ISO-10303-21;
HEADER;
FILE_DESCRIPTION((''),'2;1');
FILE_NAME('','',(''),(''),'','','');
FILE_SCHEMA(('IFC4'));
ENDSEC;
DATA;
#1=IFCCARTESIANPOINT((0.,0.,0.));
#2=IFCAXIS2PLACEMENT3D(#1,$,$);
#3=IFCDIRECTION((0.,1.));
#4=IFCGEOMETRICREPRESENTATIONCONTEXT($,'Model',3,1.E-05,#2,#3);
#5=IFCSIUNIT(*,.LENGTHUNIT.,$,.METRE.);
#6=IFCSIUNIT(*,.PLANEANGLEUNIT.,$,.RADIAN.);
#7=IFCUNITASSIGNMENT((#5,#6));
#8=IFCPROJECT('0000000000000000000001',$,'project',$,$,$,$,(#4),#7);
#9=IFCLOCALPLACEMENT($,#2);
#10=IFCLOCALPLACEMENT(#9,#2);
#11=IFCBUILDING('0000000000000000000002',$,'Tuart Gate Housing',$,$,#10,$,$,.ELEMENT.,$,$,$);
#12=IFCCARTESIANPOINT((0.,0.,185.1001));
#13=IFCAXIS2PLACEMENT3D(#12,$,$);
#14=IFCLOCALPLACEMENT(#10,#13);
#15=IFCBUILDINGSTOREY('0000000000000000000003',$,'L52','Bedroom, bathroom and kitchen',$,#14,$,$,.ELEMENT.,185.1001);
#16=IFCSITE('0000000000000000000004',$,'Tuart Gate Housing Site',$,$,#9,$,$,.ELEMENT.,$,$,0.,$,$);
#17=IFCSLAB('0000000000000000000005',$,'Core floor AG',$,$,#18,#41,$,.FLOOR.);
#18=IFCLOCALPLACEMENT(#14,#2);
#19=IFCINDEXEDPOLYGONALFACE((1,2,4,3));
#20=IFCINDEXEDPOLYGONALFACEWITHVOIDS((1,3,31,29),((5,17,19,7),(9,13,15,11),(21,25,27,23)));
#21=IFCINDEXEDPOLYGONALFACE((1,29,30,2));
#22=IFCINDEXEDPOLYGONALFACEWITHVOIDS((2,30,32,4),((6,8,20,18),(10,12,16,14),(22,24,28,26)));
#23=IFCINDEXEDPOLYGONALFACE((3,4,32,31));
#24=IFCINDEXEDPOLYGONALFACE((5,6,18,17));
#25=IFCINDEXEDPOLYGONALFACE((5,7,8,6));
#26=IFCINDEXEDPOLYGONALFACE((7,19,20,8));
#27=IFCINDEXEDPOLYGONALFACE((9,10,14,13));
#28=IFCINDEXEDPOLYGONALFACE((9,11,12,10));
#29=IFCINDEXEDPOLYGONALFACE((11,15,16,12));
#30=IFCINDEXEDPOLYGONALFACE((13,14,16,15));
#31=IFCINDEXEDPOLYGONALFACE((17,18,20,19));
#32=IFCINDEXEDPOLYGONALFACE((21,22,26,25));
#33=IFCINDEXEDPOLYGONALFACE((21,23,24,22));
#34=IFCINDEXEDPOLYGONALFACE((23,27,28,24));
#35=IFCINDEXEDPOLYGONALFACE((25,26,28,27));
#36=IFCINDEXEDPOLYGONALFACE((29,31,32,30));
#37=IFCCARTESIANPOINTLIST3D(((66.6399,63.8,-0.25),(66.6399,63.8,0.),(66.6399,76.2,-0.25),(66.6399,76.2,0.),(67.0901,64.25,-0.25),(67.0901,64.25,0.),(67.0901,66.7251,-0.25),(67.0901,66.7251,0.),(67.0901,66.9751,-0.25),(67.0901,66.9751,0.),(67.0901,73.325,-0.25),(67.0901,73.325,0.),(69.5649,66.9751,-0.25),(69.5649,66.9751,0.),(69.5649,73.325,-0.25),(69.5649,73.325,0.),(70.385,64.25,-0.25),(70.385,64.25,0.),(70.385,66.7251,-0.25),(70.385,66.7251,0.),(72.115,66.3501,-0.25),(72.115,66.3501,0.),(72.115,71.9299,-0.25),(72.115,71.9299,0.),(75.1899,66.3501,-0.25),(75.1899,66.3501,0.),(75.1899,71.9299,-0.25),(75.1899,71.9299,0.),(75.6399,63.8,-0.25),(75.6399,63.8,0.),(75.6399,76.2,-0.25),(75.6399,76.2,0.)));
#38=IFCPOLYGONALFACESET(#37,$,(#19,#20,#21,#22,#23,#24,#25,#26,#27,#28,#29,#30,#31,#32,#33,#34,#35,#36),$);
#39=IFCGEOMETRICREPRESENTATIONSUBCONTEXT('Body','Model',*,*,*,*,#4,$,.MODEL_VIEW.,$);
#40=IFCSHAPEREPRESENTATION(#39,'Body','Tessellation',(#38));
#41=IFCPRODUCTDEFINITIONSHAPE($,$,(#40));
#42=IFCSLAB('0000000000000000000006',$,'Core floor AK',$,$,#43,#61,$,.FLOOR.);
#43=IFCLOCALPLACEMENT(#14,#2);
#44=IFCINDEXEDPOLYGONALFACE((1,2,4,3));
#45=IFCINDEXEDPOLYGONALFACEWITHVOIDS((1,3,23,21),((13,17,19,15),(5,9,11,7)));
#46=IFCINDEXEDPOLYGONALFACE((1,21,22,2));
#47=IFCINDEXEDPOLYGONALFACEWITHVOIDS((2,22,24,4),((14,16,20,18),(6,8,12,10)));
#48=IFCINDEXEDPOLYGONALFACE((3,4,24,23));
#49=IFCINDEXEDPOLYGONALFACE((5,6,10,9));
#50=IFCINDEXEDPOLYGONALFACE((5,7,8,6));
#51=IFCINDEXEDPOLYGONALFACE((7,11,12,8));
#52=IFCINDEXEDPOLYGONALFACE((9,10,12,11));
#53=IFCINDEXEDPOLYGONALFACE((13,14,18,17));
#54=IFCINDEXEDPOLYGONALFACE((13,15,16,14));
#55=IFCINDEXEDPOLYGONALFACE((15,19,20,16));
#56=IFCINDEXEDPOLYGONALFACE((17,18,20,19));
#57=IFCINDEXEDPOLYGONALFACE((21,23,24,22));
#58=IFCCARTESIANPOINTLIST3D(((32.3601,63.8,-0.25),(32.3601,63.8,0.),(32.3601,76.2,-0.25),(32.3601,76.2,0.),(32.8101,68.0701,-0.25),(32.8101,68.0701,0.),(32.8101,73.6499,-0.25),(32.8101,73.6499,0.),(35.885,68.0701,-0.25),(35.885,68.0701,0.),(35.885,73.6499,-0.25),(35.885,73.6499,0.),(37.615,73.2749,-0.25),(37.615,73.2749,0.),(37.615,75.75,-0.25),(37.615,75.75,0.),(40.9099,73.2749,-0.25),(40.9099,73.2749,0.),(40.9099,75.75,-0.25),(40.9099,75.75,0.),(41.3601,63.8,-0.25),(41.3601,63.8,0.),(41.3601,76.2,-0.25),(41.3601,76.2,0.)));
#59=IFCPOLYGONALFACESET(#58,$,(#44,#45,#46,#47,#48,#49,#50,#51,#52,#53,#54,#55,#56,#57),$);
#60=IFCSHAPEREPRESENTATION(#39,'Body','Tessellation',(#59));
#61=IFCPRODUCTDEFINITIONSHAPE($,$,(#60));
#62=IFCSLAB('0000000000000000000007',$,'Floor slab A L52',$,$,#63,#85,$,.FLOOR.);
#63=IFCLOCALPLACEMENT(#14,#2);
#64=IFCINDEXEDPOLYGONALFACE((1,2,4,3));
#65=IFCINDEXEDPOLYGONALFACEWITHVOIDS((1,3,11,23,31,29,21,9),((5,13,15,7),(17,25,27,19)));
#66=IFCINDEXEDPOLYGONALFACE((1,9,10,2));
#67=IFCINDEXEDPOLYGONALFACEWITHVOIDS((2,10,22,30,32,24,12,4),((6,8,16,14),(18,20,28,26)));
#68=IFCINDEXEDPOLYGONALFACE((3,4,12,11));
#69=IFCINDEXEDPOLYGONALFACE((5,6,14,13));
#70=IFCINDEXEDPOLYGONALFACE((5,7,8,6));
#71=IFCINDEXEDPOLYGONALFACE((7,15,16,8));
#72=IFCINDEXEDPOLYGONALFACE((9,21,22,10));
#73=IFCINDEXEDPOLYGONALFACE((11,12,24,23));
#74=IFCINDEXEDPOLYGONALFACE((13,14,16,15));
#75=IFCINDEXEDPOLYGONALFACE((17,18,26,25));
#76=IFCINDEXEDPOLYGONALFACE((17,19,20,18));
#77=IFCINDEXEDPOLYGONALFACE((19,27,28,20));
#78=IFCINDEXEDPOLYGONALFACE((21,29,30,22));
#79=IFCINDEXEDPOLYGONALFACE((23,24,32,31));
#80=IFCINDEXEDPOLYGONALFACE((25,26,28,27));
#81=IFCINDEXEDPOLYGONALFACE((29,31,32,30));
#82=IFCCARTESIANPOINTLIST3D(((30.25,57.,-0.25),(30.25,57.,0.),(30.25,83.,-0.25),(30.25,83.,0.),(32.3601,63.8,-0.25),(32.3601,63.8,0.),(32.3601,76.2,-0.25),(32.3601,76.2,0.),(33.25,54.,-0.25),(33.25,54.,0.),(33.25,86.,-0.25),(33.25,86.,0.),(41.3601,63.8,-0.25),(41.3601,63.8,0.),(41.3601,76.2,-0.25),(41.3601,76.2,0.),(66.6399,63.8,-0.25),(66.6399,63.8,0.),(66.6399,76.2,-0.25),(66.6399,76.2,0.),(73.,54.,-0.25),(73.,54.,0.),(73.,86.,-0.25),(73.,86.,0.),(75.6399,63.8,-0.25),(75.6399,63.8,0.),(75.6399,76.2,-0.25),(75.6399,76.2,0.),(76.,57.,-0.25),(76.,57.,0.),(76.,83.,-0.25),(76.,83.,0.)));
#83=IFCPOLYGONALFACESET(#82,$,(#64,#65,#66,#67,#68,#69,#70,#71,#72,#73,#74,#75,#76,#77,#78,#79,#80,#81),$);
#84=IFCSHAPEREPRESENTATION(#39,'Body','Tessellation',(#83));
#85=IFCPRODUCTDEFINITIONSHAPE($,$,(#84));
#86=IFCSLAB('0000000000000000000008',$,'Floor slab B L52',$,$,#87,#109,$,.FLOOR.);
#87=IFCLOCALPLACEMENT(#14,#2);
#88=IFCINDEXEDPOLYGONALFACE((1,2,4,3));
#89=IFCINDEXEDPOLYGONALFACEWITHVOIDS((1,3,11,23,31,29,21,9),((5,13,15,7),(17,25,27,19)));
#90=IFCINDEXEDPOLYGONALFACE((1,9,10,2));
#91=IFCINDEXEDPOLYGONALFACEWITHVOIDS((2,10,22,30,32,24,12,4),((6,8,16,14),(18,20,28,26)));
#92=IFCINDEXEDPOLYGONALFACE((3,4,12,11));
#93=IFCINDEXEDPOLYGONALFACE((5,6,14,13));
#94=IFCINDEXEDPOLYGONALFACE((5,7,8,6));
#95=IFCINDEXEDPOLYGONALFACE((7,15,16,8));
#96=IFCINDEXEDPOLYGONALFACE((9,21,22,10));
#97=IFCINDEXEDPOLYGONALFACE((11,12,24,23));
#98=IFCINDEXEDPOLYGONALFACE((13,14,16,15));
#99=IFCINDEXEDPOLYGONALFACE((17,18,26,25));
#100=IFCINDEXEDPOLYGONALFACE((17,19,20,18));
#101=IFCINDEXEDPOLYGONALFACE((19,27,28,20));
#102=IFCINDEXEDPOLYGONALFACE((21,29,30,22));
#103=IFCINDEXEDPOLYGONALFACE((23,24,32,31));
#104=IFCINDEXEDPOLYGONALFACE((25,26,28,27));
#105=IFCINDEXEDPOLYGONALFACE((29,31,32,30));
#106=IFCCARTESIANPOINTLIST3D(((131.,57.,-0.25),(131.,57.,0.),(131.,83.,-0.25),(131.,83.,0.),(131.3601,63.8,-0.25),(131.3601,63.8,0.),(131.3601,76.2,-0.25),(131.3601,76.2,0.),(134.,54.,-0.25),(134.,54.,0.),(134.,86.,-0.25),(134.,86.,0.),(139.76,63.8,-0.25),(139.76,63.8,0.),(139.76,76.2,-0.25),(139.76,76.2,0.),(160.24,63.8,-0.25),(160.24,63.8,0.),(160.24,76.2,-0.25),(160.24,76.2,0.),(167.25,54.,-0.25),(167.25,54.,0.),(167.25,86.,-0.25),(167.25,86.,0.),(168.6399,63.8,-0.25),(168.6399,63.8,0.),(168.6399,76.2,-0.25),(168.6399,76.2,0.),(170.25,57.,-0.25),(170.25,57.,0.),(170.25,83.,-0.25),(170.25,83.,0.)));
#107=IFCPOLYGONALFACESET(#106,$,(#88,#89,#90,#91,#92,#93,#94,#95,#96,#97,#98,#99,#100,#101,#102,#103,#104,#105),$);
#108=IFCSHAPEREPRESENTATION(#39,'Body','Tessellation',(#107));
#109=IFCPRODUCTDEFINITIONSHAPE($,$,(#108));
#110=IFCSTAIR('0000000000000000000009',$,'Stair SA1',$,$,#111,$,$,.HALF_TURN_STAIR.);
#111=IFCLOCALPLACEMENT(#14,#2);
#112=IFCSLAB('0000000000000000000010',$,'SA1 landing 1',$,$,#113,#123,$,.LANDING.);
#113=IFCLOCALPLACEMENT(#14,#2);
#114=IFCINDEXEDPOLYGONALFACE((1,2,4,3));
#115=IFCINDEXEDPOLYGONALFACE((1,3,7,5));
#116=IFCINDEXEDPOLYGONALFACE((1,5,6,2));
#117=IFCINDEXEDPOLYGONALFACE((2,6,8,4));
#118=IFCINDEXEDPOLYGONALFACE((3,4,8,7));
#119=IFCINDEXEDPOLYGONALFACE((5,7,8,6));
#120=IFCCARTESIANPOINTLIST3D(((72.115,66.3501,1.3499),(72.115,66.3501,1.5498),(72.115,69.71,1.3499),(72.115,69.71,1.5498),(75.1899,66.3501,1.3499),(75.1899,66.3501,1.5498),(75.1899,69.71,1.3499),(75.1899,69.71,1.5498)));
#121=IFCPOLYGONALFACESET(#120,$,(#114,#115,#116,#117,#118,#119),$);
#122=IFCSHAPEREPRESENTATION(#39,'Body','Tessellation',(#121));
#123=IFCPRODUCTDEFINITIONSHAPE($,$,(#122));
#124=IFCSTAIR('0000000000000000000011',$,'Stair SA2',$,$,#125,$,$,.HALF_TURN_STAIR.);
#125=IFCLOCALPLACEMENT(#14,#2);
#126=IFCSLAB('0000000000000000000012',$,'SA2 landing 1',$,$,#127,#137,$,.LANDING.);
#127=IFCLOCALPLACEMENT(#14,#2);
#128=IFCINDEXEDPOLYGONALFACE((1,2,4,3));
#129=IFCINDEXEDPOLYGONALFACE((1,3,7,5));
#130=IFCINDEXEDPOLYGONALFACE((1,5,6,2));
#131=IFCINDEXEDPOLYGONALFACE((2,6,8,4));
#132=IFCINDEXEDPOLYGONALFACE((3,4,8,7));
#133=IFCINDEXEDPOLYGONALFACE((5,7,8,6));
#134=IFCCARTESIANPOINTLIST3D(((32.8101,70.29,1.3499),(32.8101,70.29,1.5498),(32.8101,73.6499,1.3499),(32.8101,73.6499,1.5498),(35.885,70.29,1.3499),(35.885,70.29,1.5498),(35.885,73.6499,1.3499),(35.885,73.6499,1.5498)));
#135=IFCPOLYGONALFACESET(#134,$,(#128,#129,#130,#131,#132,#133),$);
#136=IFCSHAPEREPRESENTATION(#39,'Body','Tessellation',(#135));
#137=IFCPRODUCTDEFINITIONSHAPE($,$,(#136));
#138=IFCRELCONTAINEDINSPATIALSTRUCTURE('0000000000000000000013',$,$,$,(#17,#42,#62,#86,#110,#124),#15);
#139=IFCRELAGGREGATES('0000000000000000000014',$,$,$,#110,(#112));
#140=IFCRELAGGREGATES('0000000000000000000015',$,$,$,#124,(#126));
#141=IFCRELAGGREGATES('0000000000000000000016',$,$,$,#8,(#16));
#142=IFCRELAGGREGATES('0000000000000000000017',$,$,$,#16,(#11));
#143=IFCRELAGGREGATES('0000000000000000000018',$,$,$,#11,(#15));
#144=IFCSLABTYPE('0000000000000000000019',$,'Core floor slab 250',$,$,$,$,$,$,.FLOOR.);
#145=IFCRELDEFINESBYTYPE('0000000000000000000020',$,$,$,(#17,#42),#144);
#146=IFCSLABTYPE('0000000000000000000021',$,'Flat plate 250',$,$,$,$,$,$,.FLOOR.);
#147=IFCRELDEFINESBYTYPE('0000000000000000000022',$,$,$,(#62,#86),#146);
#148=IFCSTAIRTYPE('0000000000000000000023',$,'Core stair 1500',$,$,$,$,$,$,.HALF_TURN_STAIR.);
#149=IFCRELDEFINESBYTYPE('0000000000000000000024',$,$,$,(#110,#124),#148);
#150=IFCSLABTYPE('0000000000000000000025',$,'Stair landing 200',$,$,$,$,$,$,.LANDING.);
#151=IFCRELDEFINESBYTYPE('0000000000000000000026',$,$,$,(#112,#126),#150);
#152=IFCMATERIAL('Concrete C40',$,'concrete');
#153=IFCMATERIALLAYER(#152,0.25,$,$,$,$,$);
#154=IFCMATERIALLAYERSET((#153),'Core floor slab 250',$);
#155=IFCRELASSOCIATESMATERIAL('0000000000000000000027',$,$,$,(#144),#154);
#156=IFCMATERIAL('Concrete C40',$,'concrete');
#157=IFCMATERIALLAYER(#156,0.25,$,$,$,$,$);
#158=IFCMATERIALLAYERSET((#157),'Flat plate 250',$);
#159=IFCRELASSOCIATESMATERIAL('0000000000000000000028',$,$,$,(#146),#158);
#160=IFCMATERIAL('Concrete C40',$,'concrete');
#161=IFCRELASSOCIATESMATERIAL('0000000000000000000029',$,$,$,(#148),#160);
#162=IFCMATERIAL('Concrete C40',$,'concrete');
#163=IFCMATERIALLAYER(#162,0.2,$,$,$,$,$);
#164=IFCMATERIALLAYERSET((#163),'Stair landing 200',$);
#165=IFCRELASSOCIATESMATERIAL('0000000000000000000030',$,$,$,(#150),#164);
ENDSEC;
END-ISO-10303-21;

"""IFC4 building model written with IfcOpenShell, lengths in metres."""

from ifc_helpers import new_model, si_unit, direction, frame, origin, place, context, subcontext, project, spatial, polyline, outline, extrude, material, layer, layer_set, type_object, element, aggregate, save


model = new_model("IFC4")

# Units and contexts
model_context = context("Model", 3, precision=1e-05, world=origin(), true_north=direction((0.0, 1.0)))
body_context = subcontext(model_context, "Body", "Model", "MODEL_VIEW")
ifc_project = project(units=[si_unit("LENGTHUNIT", "METRE"), si_unit("PLANEANGLEUNIT", "RADIAN")], contexts=[model_context])

# Site, building, storey
site_placement = place(None, origin())
site = spatial("IfcSite", under=ifc_project, at=site_placement, Name="Tuart Gate Housing Site", CompositionType="ELEMENT", RefElevation=0.0)
building_placement = place(site_placement, origin())
building = spatial("IfcBuilding", under=site, at=building_placement, Name="Tuart Gate Housing", CompositionType="ELEMENT")
storey_placement = place(building_placement, frame((0.0, 0.0, 185.1001)))
storey = spatial("IfcBuildingStorey", under=building, at=storey_placement, Name="L52", Description="Bedroom, bathroom and kitchen", CompositionType="ELEMENT", Elevation=185.1001)

# Slabs
ifc_material_1 = material(Name="Concrete C40", Category="concrete")
ifc_layer_1 = layer(ifc_material_1, 0.25)
ifc_layer_set_1 = layer_set([ifc_layer_1], Name="Core floor slab 250")
slab_type_1 = type_object("IfcSlabType", Name="Core floor slab 250", PredefinedType="FLOOR", material=ifc_layer_set_1)
slab_1_placement = place(storey_placement, frame((0.0, 0.0, -0.25)))
element("IfcSlab", 1, at=slab_1_placement, inside=storey, type_object=slab_type_1, Name="Core floor AG", PredefinedType="FLOOR", context=body_context, shape_type="SweptSolid", body=[
    extrude(outline(polyline([(66.6399, 63.8), (75.6399, 63.8), (75.6399, 76.2), (66.6399, 76.2), (66.6399, 63.8)]), holes=[polyline([(67.0901, 64.25), (70.385, 64.25), (70.385, 66.7251), (67.0901, 66.7251), (67.0901, 64.25)]), polyline([(67.0901, 66.9751), (69.5649, 66.9751), (69.5649, 73.325), (67.0901, 73.325), (67.0901, 66.9751)]), polyline([(72.115, 66.3501), (75.1899, 66.3501), (75.1899, 71.9299), (72.115, 71.9299), (72.115, 66.3501)])]), origin(), (0.0, 0.0, 1.0), 0.25),
])
slab_2_placement = place(storey_placement, frame((0.0, 0.0, -0.25)))
element("IfcSlab", 2, at=slab_2_placement, inside=storey, type_object=slab_type_1, Name="Core floor AK", PredefinedType="FLOOR", context=body_context, shape_type="SweptSolid", body=[
    extrude(outline(polyline([(32.3601, 63.8), (41.3601, 63.8), (41.3601, 76.2), (32.3601, 76.2), (32.3601, 63.8)]), holes=[polyline([(40.9099, 75.75), (37.615, 75.75), (37.615, 73.2749), (40.9099, 73.2749), (40.9099, 75.75)]), polyline([(35.885, 73.6499), (32.8101, 73.6499), (32.8101, 68.0701), (35.885, 68.0701), (35.885, 73.6499)])]), origin(), (0.0, 0.0, 1.0), 0.25),
])
ifc_material_2 = material(Name="Concrete C40", Category="concrete")
ifc_layer_2 = layer(ifc_material_2, 0.25)
ifc_layer_set_2 = layer_set([ifc_layer_2], Name="Flat plate 250")
slab_type_2 = type_object("IfcSlabType", Name="Flat plate 250", PredefinedType="FLOOR", material=ifc_layer_set_2)
slab_3_placement = place(storey_placement, frame((0.0, 0.0, -0.25)))
element("IfcSlab", 3, at=slab_3_placement, inside=storey, type_object=slab_type_2, Name="Floor slab A L52", PredefinedType="FLOOR", context=body_context, shape_type="SweptSolid", body=[
    extrude(outline(polyline([(33.25, 86.0), (30.25, 83.0), (30.25, 57.0), (33.25, 54.0), (73.0, 54.0), (76.0, 57.0), (76.0, 83.0), (73.0, 86.0), (33.25, 86.0)]), holes=[polyline([(66.6399, 76.2), (75.6399, 76.2), (75.6399, 63.8), (66.6399, 63.8), (66.6399, 76.2)]), polyline([(41.3601, 76.2), (41.3601, 63.8), (32.3601, 63.8), (32.3601, 76.2), (41.3601, 76.2)])]), origin(), (0.0, 0.0, 1.0), 0.25),
])
slab_4_placement = place(storey_placement, frame((0.0, 0.0, -0.25)))
element("IfcSlab", 4, at=slab_4_placement, inside=storey, type_object=slab_type_2, Name="Floor slab B L52", PredefinedType="FLOOR", context=body_context, shape_type="SweptSolid", body=[
    extrude(outline(polyline([(134.0, 86.0), (131.0, 83.0), (131.0, 57.0), (134.0, 54.0), (167.25, 54.0), (170.25, 57.0), (170.25, 83.0), (167.25, 86.0), (134.0, 86.0)]), holes=[polyline([(131.3601, 76.2), (139.76, 76.2), (139.76, 63.8), (131.3601, 63.8), (131.3601, 76.2)]), polyline([(168.6399, 76.2), (168.6399, 63.8), (160.24, 63.8), (160.24, 76.2), (168.6399, 76.2)])]), origin(), (0.0, 0.0, 1.0), 0.25),
])

# Stairs, slabs
ifc_material_3 = material(Name="Concrete C40", Category="concrete")
stair_type = type_object("IfcStairType", Name="Core stair 1500", PredefinedType="HALF_TURN_STAIR", material=ifc_material_3)
stair_1_placement = place(storey_placement, origin())
stair_1 = element("IfcStair", 5, at=stair_1_placement, inside=storey, type_object=stair_type, Name="Stair SA1", PredefinedType="HALF_TURN_STAIR")
ifc_material_4 = material(Name="Concrete C40", Category="concrete")
ifc_layer_3 = layer(ifc_material_4, 0.2)
ifc_layer_set_3 = layer_set([ifc_layer_3], Name="Stair landing 200")
slab_type_3 = type_object("IfcSlabType", Name="Stair landing 200", PredefinedType="LANDING", material=ifc_layer_set_3)
slab_5_placement = place(storey_placement, frame((0.0, 0.0, 1.3499)))
slab_5 = element("IfcSlab", 6, at=slab_5_placement, type_object=slab_type_3, Name="SA1 landing 1", PredefinedType="LANDING", context=body_context, shape_type="SweptSolid", body=[
    extrude(outline(polyline([(72.115, 66.3501), (75.1899, 66.3501), (75.1899, 69.71), (72.115, 69.71), (72.115, 66.3501)])), origin(), (0.0, 0.0, 1.0), 0.2),
])
aggregate(stair_1, [slab_5])
stair_2_placement = place(storey_placement, origin())
stair_2 = element("IfcStair", 7, at=stair_2_placement, inside=storey, type_object=stair_type, Name="Stair SA2", PredefinedType="HALF_TURN_STAIR")
slab_6_placement = place(storey_placement, frame((0.0, 0.0, 1.3499)))
slab_6 = element("IfcSlab", 8, at=slab_6_placement, type_object=slab_type_3, Name="SA2 landing 1", PredefinedType="LANDING", context=body_context, shape_type="SweptSolid", body=[
    extrude(outline(polyline([(35.885, 73.6499), (32.8101, 73.6499), (32.8101, 70.29), (35.885, 70.29), (35.885, 73.6499)])), origin(), (0.0, 0.0, 1.0), 0.2),
])
aggregate(stair_2, [slab_6])

save(model, "model.ifc")
